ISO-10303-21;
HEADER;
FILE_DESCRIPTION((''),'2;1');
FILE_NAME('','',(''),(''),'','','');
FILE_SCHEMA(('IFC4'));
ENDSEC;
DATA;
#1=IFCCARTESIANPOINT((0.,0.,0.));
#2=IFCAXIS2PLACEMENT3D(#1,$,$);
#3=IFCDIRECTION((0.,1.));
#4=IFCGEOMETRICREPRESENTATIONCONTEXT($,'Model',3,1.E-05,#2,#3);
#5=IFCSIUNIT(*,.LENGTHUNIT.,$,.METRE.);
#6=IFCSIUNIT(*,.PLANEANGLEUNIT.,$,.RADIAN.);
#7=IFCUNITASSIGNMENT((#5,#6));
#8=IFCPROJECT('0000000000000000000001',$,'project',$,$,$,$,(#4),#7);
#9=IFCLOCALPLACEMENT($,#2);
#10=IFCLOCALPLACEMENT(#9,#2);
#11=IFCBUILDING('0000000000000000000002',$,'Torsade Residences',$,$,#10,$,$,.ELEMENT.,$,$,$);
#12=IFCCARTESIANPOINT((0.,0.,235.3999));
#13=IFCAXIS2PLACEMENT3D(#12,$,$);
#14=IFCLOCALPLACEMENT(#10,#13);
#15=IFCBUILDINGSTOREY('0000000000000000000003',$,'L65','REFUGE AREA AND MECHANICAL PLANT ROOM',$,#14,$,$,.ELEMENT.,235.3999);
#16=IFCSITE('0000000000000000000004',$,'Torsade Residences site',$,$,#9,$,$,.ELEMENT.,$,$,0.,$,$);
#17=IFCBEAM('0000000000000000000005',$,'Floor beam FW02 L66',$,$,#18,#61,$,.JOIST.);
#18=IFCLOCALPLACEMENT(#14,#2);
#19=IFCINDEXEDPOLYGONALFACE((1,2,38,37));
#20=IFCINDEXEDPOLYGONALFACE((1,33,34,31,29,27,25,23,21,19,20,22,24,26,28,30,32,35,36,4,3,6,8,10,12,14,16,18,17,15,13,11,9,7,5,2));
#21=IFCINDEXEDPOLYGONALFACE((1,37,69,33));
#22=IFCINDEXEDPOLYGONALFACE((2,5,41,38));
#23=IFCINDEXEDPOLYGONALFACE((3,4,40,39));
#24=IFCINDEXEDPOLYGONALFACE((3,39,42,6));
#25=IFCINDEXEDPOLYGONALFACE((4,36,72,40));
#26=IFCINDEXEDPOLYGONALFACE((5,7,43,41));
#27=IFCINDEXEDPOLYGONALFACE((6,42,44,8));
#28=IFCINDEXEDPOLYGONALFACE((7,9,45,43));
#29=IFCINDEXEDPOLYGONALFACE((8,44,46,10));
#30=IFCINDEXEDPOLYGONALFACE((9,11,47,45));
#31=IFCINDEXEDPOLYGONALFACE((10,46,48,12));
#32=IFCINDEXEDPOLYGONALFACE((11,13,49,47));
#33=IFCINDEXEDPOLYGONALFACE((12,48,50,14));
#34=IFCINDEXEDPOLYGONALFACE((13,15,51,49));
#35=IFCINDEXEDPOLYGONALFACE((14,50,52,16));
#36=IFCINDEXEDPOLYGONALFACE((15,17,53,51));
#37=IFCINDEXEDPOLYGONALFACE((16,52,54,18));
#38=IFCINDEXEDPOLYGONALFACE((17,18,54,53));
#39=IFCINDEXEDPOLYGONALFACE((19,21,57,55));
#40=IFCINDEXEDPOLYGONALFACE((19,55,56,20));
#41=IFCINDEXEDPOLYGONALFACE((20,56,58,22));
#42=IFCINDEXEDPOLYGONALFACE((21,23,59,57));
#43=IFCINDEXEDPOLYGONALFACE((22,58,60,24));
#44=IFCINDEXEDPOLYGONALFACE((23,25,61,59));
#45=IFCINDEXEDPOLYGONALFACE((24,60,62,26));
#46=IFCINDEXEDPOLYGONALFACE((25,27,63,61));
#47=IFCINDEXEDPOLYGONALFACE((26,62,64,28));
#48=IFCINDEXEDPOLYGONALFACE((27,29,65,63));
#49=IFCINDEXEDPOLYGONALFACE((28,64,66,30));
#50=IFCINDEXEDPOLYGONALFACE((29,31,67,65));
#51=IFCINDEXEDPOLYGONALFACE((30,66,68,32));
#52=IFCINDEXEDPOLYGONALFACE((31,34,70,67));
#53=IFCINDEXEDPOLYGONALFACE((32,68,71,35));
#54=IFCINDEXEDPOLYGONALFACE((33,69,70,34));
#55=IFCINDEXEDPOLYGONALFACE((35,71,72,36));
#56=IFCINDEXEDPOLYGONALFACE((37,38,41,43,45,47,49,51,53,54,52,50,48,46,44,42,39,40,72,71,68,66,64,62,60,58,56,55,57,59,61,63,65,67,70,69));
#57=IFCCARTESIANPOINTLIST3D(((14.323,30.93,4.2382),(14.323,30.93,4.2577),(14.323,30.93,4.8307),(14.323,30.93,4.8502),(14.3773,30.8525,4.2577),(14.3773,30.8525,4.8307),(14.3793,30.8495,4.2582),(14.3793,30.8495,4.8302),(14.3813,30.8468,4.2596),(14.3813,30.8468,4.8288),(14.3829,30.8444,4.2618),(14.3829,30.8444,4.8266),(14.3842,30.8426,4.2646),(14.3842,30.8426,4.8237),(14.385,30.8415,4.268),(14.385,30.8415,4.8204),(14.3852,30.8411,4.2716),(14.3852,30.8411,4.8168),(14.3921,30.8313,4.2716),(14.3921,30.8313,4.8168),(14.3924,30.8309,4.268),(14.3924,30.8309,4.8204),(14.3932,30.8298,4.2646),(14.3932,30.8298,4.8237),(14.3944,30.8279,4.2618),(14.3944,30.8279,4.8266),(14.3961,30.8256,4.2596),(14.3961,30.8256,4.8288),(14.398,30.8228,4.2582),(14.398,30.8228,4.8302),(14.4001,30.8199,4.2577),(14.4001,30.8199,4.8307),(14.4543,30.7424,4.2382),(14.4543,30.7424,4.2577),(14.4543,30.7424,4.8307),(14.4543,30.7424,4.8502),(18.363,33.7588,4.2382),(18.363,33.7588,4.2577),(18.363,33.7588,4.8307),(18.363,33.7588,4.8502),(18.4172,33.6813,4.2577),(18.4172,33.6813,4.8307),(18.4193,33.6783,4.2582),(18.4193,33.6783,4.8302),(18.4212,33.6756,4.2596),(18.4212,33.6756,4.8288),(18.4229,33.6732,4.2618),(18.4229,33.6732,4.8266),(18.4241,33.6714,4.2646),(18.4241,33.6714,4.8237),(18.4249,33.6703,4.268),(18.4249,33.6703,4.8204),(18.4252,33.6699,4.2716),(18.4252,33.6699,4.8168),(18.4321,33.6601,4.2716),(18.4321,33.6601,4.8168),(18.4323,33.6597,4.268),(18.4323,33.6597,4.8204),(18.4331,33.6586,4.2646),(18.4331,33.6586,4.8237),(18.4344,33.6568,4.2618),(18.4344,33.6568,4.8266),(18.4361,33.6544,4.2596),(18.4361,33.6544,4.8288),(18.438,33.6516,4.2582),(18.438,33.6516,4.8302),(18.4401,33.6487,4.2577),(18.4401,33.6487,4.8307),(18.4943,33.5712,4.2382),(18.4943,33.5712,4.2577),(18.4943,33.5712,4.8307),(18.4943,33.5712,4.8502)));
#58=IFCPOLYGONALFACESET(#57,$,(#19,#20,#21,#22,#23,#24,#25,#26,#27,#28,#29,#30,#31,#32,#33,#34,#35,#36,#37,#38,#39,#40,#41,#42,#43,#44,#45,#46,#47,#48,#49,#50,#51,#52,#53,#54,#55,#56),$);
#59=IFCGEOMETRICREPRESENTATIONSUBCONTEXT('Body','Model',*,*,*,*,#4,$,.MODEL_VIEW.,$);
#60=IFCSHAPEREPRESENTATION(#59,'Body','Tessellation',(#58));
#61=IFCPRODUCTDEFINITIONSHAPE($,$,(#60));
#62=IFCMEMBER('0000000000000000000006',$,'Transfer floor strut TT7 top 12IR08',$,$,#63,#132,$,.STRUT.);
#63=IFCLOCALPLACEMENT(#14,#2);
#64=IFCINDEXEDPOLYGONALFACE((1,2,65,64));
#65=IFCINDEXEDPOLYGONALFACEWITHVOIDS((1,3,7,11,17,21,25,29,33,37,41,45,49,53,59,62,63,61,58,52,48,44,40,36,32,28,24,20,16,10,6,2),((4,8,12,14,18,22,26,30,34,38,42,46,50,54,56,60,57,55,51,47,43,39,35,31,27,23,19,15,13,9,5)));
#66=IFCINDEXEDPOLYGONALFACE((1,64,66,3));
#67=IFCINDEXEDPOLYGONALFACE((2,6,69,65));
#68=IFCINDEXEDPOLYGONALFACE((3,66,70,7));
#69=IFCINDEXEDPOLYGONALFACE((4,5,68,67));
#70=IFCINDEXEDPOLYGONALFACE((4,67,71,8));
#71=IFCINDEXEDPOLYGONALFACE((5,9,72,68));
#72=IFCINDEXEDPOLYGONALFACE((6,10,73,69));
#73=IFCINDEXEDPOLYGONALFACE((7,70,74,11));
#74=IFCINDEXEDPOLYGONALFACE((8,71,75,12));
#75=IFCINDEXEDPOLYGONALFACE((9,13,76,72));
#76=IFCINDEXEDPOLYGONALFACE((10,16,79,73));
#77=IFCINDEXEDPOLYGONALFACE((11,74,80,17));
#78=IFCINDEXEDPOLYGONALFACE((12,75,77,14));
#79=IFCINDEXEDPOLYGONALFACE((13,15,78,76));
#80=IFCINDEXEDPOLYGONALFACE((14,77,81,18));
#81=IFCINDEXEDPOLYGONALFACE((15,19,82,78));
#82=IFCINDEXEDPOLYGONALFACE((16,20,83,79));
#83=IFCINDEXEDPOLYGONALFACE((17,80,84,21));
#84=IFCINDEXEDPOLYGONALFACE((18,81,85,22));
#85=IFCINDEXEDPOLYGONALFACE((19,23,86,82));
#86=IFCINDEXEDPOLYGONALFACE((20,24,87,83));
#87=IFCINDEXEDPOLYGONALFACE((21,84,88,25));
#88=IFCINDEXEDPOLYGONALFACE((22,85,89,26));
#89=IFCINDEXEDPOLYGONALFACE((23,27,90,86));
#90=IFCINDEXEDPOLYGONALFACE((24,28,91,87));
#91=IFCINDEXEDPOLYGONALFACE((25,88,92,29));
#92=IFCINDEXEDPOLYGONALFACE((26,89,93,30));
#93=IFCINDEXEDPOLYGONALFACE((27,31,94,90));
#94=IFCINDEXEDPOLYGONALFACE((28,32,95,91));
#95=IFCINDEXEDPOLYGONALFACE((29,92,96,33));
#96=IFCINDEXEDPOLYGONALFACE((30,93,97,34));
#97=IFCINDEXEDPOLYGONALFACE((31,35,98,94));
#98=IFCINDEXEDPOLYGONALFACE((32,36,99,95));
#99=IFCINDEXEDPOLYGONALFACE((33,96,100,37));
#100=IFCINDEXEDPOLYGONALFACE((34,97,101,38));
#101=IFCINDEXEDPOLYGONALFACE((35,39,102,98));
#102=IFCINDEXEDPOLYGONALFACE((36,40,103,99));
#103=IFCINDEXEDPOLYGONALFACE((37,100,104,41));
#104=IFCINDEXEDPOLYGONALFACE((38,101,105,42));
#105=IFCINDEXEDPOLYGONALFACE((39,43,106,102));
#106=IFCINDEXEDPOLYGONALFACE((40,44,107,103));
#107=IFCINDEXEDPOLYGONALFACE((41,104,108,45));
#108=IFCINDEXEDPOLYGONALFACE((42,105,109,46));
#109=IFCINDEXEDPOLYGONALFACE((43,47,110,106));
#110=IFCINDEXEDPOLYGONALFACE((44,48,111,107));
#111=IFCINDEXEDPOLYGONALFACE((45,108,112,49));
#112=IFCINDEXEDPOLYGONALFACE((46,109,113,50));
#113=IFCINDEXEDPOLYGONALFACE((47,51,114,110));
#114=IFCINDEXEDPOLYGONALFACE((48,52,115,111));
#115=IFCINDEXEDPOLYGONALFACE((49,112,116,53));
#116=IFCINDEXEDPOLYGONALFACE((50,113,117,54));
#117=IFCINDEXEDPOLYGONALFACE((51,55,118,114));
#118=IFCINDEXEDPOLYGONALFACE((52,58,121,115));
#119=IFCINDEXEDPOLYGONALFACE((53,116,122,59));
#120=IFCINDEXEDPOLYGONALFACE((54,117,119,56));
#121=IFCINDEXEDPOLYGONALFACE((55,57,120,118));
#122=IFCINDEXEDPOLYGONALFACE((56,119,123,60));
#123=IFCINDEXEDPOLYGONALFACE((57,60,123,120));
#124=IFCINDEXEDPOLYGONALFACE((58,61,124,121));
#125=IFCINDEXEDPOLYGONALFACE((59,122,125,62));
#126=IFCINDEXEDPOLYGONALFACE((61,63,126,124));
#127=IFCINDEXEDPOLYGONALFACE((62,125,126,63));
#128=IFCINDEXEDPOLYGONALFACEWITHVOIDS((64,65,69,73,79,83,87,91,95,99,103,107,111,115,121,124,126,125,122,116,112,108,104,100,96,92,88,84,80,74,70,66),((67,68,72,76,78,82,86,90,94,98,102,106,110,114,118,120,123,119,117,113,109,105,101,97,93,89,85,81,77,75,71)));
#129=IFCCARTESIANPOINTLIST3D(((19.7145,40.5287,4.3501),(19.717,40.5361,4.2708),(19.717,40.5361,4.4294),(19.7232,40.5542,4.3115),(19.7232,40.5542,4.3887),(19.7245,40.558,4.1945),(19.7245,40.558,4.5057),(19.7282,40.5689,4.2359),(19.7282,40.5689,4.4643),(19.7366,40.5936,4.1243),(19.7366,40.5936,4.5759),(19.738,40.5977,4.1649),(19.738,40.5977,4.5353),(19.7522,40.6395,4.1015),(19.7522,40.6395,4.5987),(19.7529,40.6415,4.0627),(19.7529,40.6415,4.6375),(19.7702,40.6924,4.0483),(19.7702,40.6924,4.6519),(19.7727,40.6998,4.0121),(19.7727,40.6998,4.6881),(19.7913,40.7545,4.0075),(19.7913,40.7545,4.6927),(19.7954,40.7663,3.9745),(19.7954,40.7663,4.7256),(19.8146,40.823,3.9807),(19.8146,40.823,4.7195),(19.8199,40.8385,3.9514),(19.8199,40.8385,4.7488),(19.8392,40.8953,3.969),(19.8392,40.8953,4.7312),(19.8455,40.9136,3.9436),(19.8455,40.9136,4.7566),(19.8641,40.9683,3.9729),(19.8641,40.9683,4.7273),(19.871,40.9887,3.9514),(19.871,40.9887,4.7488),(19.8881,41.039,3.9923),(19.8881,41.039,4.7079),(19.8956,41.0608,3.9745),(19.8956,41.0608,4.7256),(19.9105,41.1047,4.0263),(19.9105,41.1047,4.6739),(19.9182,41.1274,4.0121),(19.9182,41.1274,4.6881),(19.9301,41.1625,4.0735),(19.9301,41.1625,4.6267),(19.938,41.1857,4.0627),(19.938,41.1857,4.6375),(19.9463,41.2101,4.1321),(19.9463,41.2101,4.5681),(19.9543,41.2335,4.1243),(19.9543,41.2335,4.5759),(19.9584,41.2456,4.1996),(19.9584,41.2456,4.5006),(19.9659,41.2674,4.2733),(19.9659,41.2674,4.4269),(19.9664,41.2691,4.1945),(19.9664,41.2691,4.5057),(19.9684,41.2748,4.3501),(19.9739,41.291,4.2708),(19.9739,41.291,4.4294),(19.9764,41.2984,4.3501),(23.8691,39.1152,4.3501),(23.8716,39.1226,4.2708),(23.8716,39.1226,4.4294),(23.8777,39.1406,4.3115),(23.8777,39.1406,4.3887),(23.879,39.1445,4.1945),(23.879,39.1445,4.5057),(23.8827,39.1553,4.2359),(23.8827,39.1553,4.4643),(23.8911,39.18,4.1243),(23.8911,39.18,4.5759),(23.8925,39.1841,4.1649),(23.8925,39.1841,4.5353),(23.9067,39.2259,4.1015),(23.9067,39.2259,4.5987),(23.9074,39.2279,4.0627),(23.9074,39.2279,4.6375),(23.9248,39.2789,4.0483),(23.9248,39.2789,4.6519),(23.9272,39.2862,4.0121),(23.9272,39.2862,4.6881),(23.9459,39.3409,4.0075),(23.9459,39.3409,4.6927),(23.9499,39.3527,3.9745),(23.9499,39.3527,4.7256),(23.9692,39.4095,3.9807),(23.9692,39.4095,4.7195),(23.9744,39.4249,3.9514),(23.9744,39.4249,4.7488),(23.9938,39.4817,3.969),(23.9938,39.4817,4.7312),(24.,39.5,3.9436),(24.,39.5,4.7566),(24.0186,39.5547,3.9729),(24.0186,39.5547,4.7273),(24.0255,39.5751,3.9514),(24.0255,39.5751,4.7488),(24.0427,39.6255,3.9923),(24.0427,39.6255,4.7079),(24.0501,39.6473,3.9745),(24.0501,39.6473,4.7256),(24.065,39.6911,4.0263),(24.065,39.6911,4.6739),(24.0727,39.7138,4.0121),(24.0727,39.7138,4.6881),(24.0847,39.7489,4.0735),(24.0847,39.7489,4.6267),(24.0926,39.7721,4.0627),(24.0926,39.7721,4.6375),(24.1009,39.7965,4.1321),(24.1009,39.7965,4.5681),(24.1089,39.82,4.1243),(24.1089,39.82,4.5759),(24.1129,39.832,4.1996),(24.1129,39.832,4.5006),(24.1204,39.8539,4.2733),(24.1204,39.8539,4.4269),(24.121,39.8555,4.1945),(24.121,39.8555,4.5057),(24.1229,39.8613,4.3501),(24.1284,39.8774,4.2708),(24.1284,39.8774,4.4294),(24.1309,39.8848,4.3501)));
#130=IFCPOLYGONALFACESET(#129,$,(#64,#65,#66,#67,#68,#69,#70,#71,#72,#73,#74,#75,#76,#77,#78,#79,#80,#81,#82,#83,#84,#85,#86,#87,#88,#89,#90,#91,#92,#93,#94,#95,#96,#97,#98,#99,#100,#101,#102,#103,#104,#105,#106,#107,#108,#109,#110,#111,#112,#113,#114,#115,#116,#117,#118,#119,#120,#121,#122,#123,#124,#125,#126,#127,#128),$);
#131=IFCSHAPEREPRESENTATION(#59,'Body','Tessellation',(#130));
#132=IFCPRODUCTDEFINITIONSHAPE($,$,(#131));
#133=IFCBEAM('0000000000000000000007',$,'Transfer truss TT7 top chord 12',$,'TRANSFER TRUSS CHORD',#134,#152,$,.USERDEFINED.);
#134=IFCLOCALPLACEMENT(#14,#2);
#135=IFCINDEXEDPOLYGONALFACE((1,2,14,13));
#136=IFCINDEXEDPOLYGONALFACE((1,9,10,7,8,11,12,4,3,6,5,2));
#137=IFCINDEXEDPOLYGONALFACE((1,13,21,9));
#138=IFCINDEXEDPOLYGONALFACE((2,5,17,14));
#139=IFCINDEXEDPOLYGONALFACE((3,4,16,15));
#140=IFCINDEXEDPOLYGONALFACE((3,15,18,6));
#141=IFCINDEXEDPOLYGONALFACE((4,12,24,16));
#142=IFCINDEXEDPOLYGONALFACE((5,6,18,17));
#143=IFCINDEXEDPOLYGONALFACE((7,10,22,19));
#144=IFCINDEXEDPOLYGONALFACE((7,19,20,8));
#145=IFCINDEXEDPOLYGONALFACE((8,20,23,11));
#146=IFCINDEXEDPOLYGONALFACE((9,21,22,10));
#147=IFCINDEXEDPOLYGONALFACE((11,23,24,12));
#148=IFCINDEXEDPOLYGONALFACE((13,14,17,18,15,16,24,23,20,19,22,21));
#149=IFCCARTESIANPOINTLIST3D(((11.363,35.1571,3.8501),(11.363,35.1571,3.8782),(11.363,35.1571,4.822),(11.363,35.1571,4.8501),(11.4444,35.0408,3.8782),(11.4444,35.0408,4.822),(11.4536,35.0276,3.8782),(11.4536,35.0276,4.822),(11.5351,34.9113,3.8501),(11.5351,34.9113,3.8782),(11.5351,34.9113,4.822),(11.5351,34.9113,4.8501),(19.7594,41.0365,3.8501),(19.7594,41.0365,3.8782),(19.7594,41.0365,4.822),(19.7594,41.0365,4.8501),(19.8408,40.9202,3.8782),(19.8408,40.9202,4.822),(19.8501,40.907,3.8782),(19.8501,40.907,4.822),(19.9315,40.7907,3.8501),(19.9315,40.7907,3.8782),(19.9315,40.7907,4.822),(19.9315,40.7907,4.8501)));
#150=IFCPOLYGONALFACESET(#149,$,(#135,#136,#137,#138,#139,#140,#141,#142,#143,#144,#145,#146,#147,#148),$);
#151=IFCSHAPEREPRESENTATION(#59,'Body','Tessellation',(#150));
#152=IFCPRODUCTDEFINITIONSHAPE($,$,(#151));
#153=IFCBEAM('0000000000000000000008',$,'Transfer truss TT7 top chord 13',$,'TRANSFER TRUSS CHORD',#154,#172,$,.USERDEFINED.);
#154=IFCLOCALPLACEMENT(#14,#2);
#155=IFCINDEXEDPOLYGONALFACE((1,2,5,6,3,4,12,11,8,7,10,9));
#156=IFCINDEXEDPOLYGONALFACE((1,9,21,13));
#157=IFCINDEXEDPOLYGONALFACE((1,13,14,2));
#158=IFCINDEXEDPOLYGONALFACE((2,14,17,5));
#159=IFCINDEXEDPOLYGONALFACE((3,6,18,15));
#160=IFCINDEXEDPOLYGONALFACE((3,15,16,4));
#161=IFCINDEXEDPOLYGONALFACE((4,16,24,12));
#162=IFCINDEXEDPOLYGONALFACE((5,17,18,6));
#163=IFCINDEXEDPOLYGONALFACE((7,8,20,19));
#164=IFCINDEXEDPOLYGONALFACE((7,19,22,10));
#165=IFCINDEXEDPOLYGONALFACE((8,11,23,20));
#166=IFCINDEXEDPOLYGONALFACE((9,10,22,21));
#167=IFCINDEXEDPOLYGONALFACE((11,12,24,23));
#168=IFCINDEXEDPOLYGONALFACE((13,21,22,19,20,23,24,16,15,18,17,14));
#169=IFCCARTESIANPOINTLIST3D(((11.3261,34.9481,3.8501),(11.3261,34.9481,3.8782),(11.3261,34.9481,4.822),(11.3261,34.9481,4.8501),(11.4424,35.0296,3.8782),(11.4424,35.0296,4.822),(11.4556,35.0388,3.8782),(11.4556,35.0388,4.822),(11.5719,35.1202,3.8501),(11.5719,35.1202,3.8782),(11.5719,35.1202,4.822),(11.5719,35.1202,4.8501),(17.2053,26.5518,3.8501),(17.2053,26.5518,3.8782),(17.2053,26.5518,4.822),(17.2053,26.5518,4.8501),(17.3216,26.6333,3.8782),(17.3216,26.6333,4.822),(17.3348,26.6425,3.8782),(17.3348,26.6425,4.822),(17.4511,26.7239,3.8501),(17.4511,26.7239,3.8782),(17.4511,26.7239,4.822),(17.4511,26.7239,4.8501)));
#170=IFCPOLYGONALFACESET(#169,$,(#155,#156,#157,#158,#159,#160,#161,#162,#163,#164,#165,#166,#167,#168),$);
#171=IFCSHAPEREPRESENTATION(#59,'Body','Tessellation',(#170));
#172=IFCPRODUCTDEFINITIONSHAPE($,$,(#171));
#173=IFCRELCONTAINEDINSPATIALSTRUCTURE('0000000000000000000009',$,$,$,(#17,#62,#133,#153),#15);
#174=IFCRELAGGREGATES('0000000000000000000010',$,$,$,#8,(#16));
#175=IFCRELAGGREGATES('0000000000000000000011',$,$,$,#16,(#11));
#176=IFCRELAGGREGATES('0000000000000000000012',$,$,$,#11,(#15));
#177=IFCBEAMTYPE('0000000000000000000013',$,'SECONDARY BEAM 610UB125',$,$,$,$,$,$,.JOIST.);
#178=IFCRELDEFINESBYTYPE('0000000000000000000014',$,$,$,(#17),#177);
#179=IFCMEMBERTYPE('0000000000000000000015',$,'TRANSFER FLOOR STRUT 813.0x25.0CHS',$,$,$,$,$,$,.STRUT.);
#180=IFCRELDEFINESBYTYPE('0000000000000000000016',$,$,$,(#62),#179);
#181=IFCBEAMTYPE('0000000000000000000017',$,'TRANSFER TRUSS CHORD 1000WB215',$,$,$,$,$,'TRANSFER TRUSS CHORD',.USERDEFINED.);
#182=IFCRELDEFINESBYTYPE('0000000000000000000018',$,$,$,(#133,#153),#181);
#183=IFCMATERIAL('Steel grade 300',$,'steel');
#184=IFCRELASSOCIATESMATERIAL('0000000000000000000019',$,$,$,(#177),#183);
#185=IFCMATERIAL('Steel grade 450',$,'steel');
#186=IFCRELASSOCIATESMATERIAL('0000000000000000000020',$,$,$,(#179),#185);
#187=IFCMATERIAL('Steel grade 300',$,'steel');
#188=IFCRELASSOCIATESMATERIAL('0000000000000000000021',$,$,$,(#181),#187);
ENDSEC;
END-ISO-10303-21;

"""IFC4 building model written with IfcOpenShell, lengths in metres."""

from ifc_helpers import new_model, si_unit, direction, frame, origin, origin_2d, place, context, subcontext, project, spatial, hollow_circle, i_section, extrude, material, material_profile, profile_set, type_object, element, save


model = new_model("IFC4")

# Units and contexts
model_context = context("Model", 3, precision=1e-05, world=origin(), true_north=direction((0.0, 1.0)))
body_context = subcontext(model_context, "Body", "Model", "MODEL_VIEW")
ifc_project = project(units=[si_unit("LENGTHUNIT", "METRE"), si_unit("PLANEANGLEUNIT", "RADIAN")], contexts=[model_context])

# Site, building, storey
site_placement = place(None, origin())
site = spatial("IfcSite", under=ifc_project, at=site_placement, Name="Torsade Residences site", CompositionType="ELEMENT", RefElevation=0.0)
building_placement = place(site_placement, origin())
building = spatial("IfcBuilding", under=site, at=building_placement, Name="Torsade Residences", CompositionType="ELEMENT")
storey_placement = place(building_placement, frame((0.0, 0.0, 235.3999)))
storey = spatial("IfcBuildingStorey", under=building, at=storey_placement, Name="L65", Description="REFUGE AREA AND MECHANICAL PLANT ROOM", CompositionType="ELEMENT", Elevation=235.3999)

# Beam
ifc_material_1 = material(Name="Steel grade 300", Category="steel")
ifc_material_profile_1 = material_profile(ifc_material_1, i_section(OverallWidth=0.229, OverallDepth=0.6121, WebThickness=0.012, FlangeThickness=0.0195, FilletRadius=0.0139, at=origin_2d()), Name="610UB125")
ifc_profile_set_1 = profile_set([ifc_material_profile_1], Name="Steel grade 300")
beam_type_1 = type_object("IfcBeamType", Name="SECONDARY BEAM 610UB125", PredefinedType="JOIST", material=ifc_profile_set_1)
beam_1_placement = place(storey_placement, frame((14.3887, 30.8362, 4.5442), z_axis=(0.819153, 0.573575, 0.0), x_axis=(-0.573575, 0.819153, 0.0)))
element("IfcBeam", 1, at=beam_1_placement, inside=storey, type_object=beam_type_1, Name="Floor beam FW02 L66", PredefinedType="JOIST", context=body_context, shape_type="SweptSolid", body=[
    extrude(i_section(OverallWidth=0.229, OverallDepth=0.6121, WebThickness=0.012, FlangeThickness=0.0195, FilletRadius=0.0139, at=origin_2d()), origin(), (0.0, 0.0, 1.0), 4.9319),
])

# Member
ifc_material_2 = material(Name="Steel grade 450", Category="steel")
ifc_material_profile_2 = material_profile(ifc_material_2, hollow_circle(Radius=0.4065, WallThickness=0.0249, at=origin_2d()), Name="813.0x25.0CHS")
ifc_profile_set_2 = profile_set([ifc_material_profile_2], Name="Steel grade 450")
member_type_1 = type_object("IfcMemberType", Name="TRANSFER FLOOR STRUT 813.0x25.0CHS", PredefinedType="STRUT", material=ifc_profile_set_2)
member_1_placement = place(storey_placement, frame((19.8455, 40.9136, 4.3501), z_axis=(0.946701, -0.322113, 0.0), x_axis=(0.322113, 0.946701, 0.0)))
element("IfcMember", 2, at=member_1_placement, inside=storey, type_object=member_type_1, Name="Transfer floor strut TT7 top 12IR08", PredefinedType="STRUT", context=body_context, shape_type="SweptSolid", body=[
    extrude(hollow_circle(Radius=0.4065, WallThickness=0.0249, at=origin_2d()), origin(), (0.0, 0.0, 1.0), 4.3884),
])

# Beams
ifc_material_3 = material(Name="Steel grade 300", Category="steel")
ifc_material_profile_3 = material_profile(ifc_material_3, i_section(OverallWidth=0.3, OverallDepth=1.0, WebThickness=0.0161, FlangeThickness=0.0281, at=origin_2d()), Name="1000WB215")
ifc_profile_set_3 = profile_set([ifc_material_profile_3], Name="Steel grade 300")
beam_type_2 = type_object("IfcBeamType", Name="TRANSFER TRUSS CHORD 1000WB215", ElementType="TRANSFER TRUSS CHORD", PredefinedType="USERDEFINED", material=ifc_profile_set_3)
beam_2_placement = place(storey_placement, frame((19.8455, 40.9136, 4.3501), z_axis=(-0.819147, -0.573584, 0.0), x_axis=(0.573584, -0.819147, 0.0)))
element("IfcBeam", 3, at=beam_2_placement, inside=storey, type_object=beam_type_2, Name="Transfer truss TT7 top chord 12", ObjectType="TRANSFER TRUSS CHORD", PredefinedType="USERDEFINED", context=body_context, shape_type="SweptSolid", body=[
    extrude(i_section(OverallWidth=0.3, OverallDepth=1.0, WebThickness=0.0161, FlangeThickness=0.0281, at=origin_2d()), origin(), (0.0, 0.0, 1.0), 10.2502),
])
beam_3_placement = place(storey_placement, frame((11.449, 35.0342, 4.3501), z_axis=(0.573579, -0.81915, 0.0), x_axis=(0.81915, 0.573579, 0.0)))
element("IfcBeam", 4, at=beam_3_placement, inside=storey, type_object=beam_type_2, Name="Transfer truss TT7 top chord 13", ObjectType="TRANSFER TRUSS CHORD", PredefinedType="USERDEFINED", context=body_context, shape_type="SweptSolid", body=[
    extrude(i_section(OverallWidth=0.3, OverallDepth=1.0, WebThickness=0.0161, FlangeThickness=0.0281, at=origin_2d()), origin(), (0.0, 0.0, 1.0), 10.25),
])

save(model, "model.ifc")
